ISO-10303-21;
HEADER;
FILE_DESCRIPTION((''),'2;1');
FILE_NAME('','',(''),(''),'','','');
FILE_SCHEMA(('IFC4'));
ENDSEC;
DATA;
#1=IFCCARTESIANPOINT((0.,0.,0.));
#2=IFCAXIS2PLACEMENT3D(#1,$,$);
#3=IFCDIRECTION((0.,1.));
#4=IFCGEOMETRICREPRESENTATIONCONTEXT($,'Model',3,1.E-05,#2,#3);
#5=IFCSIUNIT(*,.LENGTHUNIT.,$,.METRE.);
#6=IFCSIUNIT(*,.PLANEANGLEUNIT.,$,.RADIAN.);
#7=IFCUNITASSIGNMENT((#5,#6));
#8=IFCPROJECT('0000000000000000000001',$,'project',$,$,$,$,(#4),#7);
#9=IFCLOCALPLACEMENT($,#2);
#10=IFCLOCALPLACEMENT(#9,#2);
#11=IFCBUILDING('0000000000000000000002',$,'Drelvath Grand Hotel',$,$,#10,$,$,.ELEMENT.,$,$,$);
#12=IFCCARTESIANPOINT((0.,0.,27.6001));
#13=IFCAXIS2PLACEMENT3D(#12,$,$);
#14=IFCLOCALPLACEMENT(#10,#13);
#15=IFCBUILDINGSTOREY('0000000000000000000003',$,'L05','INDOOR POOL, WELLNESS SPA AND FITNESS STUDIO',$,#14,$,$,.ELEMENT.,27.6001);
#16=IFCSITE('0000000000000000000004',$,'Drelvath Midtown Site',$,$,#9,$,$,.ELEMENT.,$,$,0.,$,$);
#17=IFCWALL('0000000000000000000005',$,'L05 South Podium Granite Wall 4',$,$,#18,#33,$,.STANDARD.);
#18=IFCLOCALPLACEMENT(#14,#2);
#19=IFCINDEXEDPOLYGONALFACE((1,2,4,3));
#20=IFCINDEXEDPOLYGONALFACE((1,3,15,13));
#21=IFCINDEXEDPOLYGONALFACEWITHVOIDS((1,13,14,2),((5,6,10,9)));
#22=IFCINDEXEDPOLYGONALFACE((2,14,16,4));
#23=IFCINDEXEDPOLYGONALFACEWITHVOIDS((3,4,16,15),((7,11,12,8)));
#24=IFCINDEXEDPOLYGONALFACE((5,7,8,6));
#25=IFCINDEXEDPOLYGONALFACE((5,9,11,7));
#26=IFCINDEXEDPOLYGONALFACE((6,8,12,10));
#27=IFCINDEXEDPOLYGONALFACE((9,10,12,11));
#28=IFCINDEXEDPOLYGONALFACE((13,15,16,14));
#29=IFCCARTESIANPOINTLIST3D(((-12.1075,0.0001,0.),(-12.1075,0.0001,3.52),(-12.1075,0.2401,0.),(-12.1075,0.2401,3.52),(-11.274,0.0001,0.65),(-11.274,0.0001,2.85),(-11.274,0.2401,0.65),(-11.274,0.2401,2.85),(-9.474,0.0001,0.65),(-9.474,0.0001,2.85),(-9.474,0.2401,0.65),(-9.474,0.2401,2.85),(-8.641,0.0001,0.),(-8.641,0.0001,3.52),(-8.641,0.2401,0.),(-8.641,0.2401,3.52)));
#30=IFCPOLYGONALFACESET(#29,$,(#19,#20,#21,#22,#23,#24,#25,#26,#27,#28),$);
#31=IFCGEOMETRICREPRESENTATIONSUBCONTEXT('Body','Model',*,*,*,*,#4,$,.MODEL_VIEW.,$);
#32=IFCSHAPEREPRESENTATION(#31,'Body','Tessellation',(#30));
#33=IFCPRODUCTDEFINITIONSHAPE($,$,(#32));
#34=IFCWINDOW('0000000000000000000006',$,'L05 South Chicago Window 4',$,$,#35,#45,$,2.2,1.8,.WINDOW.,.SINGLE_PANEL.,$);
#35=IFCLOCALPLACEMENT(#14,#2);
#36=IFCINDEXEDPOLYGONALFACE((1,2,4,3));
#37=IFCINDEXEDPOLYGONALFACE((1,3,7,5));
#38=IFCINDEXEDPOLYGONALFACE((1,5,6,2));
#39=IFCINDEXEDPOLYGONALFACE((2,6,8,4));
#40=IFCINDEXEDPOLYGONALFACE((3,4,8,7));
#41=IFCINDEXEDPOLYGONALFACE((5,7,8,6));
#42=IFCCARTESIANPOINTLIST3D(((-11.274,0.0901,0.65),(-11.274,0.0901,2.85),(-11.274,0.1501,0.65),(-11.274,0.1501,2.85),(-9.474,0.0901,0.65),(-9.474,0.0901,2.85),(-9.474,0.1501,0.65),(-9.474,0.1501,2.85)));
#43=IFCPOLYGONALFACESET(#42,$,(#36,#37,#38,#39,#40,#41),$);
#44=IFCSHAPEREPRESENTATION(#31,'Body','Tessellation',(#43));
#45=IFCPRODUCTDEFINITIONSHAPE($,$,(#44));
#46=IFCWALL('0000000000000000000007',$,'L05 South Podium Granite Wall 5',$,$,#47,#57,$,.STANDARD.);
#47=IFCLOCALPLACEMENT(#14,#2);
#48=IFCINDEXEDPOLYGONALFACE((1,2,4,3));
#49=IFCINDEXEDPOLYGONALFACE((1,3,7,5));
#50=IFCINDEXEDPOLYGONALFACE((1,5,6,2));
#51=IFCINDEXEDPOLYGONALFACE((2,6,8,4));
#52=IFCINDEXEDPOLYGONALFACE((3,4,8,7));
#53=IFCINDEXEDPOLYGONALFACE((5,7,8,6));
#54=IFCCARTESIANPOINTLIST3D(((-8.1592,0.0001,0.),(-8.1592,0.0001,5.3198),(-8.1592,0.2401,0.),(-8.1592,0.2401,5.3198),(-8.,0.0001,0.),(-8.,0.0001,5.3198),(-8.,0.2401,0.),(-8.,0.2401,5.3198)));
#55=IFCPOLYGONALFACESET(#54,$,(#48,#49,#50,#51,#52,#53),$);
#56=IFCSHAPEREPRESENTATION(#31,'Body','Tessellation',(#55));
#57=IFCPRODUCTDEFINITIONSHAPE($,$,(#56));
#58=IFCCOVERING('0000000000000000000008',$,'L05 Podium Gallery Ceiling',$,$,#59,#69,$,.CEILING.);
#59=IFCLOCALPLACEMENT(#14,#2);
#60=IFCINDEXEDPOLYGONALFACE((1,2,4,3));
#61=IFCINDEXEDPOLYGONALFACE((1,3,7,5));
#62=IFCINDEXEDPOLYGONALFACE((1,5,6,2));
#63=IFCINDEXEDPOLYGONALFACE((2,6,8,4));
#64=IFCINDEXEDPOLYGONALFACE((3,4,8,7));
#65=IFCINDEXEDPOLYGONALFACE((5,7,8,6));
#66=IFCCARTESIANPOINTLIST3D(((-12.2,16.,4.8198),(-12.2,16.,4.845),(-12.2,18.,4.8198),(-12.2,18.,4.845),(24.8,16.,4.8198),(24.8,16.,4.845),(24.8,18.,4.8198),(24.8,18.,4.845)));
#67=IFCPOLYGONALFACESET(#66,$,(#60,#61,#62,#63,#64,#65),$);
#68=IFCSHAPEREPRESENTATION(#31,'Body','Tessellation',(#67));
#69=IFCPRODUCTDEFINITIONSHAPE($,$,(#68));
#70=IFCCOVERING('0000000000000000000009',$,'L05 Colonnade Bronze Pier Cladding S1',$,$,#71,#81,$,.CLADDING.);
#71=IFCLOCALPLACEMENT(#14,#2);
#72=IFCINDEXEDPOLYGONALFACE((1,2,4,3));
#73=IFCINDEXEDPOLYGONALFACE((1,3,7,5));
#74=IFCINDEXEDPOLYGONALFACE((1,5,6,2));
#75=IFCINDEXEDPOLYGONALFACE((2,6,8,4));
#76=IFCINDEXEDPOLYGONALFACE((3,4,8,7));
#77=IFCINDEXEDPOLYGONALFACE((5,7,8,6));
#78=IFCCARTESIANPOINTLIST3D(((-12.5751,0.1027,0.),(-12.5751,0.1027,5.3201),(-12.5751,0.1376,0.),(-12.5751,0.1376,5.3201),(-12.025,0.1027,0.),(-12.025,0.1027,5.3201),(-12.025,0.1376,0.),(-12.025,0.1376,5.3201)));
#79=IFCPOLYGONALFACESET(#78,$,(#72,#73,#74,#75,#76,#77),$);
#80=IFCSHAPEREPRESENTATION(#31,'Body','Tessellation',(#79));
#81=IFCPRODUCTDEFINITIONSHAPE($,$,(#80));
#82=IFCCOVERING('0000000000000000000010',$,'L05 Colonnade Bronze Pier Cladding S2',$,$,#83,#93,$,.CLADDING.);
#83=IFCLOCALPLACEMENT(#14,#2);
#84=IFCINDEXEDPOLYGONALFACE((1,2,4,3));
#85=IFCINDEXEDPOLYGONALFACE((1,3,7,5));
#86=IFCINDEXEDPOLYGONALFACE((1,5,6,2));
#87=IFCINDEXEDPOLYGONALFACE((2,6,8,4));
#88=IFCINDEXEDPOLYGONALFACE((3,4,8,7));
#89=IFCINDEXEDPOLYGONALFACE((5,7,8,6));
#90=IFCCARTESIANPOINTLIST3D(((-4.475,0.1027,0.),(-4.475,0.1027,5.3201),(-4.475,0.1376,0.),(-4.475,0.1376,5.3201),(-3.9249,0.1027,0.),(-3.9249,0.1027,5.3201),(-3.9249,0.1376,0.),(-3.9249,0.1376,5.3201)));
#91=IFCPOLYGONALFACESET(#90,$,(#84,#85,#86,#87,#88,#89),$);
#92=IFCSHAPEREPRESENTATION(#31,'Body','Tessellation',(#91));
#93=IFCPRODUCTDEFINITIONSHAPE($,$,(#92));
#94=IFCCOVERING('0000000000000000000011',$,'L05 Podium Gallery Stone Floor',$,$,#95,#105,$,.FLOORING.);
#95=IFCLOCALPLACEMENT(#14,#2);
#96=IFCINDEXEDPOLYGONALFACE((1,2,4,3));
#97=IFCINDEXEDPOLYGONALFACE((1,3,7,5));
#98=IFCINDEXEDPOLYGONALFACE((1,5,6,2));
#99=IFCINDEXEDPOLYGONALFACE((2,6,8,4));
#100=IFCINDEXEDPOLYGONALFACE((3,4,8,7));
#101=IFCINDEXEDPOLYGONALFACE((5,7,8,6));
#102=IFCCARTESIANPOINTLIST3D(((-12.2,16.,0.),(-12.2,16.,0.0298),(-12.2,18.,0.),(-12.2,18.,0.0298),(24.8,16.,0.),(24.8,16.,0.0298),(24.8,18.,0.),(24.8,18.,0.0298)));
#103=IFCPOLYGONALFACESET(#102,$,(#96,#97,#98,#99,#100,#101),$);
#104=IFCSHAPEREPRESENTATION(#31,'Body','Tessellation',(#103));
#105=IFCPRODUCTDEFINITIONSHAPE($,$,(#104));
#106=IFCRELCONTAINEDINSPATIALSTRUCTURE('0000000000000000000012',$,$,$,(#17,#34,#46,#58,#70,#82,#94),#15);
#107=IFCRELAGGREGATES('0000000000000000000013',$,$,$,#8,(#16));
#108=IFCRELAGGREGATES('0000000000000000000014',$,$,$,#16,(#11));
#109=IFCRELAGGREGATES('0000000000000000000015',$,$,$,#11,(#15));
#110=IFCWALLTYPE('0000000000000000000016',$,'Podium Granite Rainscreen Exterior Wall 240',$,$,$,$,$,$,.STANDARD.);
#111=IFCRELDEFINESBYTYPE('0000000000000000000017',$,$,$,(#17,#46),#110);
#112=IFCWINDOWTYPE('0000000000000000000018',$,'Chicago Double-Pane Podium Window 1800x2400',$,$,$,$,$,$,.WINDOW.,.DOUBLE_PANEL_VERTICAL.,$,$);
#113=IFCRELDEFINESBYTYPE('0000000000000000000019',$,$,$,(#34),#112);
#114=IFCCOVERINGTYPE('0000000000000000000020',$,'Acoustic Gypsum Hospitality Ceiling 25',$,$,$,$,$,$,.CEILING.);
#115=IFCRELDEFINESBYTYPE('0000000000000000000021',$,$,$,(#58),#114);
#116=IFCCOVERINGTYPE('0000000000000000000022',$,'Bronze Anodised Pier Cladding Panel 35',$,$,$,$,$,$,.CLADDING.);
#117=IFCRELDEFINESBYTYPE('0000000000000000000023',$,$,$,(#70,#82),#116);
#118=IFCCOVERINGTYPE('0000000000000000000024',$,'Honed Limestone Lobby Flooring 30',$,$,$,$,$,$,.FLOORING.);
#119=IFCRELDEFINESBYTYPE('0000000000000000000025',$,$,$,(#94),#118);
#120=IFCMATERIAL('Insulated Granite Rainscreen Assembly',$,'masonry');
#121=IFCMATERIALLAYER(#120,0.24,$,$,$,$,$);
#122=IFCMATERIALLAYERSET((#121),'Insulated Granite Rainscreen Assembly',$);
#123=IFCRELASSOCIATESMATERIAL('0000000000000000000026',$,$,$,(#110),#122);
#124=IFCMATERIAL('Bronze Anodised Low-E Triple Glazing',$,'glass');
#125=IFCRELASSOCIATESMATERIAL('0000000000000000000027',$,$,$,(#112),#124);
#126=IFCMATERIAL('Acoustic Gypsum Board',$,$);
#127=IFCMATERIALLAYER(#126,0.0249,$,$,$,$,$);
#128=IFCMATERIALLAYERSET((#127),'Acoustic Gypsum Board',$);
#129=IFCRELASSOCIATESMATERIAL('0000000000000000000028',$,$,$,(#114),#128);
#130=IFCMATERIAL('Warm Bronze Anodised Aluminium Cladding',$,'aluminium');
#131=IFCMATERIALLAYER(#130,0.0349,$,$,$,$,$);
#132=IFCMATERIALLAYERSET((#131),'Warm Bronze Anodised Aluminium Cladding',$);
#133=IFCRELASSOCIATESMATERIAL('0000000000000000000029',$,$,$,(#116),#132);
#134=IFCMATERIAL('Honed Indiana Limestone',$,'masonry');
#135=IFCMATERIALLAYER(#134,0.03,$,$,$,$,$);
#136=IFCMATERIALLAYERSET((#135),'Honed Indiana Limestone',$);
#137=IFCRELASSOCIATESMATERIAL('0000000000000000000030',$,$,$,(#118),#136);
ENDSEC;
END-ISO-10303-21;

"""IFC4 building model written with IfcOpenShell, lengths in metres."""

from ifc_helpers import new_model, si_unit, direction, frame, frame_2d, origin, origin_2d, place, context, subcontext, project, spatial, polyline, rectangle, outline, extrude, material, layer, layer_set, type_object, element, fill, save


model = new_model("IFC4")

# Units and contexts
model_context = context("Model", 3, precision=1e-05, world=origin(), true_north=direction((0.0, 1.0)))
body_context = subcontext(model_context, "Body", "Model", "MODEL_VIEW")
ifc_project = project(units=[si_unit("LENGTHUNIT", "METRE"), si_unit("PLANEANGLEUNIT", "RADIAN")], contexts=[model_context])

# Site, building, storey
site_placement = place(None, origin())
site = spatial("IfcSite", under=ifc_project, at=site_placement, Name="Drelvath Midtown Site", CompositionType="ELEMENT", RefElevation=0.0)
building_placement = place(site_placement, origin())
building = spatial("IfcBuilding", under=site, at=building_placement, Name="Drelvath Grand Hotel", CompositionType="ELEMENT")
storey_placement = place(building_placement, frame((0.0, 0.0, 27.6001)))
storey = spatial("IfcBuildingStorey", under=building, at=storey_placement, Name="L05", Description="INDOOR POOL, WELLNESS SPA AND FITNESS STUDIO", CompositionType="ELEMENT", Elevation=27.6001)

# Wall, opening, window
ifc_material_1 = material(Name="Insulated Granite Rainscreen Assembly", Category="masonry")
ifc_layer_1 = layer(ifc_material_1, 0.24)
ifc_layer_set_1 = layer_set([ifc_layer_1], Name="Insulated Granite Rainscreen Assembly")
wall_type = type_object("IfcWallType", Name="Podium Granite Rainscreen Exterior Wall 240", PredefinedType="STANDARD", material=ifc_layer_set_1)
ifc_material_2 = material(Name="Bronze Anodised Low-E Triple Glazing", Category="glass")
window_type = type_object("IfcWindowType", Name="Chicago Double-Pane Podium Window 1800x2400", PartitioningType="DOUBLE_PANEL_VERTICAL", PredefinedType="WINDOW", material=ifc_material_2)
wall_1_placement = place(storey_placement, frame((-8.6409, 0.1201, 0.0), z_axis=(0.0, 0.0, 1.0), x_axis=(-1.0, 0.0, 0.0)))
wall_1 = element("IfcWall", 1, at=wall_1_placement, inside=storey, type_object=wall_type, Name="L05 South Podium Granite Wall 4", PredefinedType="STANDARD", context=body_context, shape_type="SweptSolid", body=[
    extrude(rectangle(XDim=3.4666, YDim=0.24, at=frame_2d((1.7334, 0.0))), origin(), (0.0, 0.0, 1.0), 3.52),
])
opening_1_placement = place(wall_1_placement, frame((0.8333, 0.0, 0.6499)))
opening_1 = element("IfcOpeningElement", 2, at=opening_1_placement, cuts=wall_1, PredefinedType="OPENING", context=body_context, shape_type="SweptSolid", body=[
    extrude(rectangle(XDim=1.8, YDim=2.2, at=frame_2d((0.8999, 1.1001))), frame((0.0, 0.1299, 0.0), z_axis=(0.0, -1.0, 0.0), x_axis=(1.0, 0.0, 0.0)), (0.0, 0.0, 1.0), 0.26),
])
window_1_placement = place(opening_1_placement, origin())
window_1 = element("IfcWindow", 3, at=window_1_placement, inside=storey, type_object=window_type, Name="L05 South Chicago Window 4", OverallHeight=2.2, OverallWidth=1.8, PartitioningType="SINGLE_PANEL", PredefinedType="WINDOW", context=body_context, shape_type="SweptSolid", body=[
    extrude(rectangle(XDim=1.8, YDim=2.2, at=frame_2d((0.8999, 1.1001))), frame((0.0, 0.03, 0.0), z_axis=(0.0, -1.0, 0.0), x_axis=(1.0, 0.0, 0.0)), (0.0, 0.0, 1.0), 0.0601),
])
fill(opening_1, window_1)

# Wall
wall_2_placement = place(storey_placement, frame((-8.0, 0.1201, 0.0), z_axis=(0.0, 0.0, 1.0), x_axis=(-1.0, 0.0, 0.0)))
element("IfcWall", 4, at=wall_2_placement, inside=storey, type_object=wall_type, Name="L05 South Podium Granite Wall 5", PredefinedType="STANDARD", context=body_context, shape_type="SweptSolid", body=[
    extrude(rectangle(XDim=0.1592, YDim=0.24, at=frame_2d((0.0796, 0.0))), origin(), (0.0, 0.0, 1.0), 5.3198),
])

# Coverings
ifc_material_3 = material(Name="Acoustic Gypsum Board")
ifc_layer_2 = layer(ifc_material_3, 0.0249)
ifc_layer_set_2 = layer_set([ifc_layer_2], Name="Acoustic Gypsum Board")
covering_type_1 = type_object("IfcCoveringType", Name="Acoustic Gypsum Hospitality Ceiling 25", PredefinedType="CEILING", material=ifc_layer_set_2)
covering_1_placement = place(storey_placement, frame((0.0, 0.0, 4.8198)))
element("IfcCovering", 5, at=covering_1_placement, inside=storey, type_object=covering_type_1, Name="L05 Podium Gallery Ceiling", PredefinedType="CEILING", context=body_context, shape_type="SweptSolid", body=[
    extrude(outline(polyline([(24.8, 16.0), (24.8, 18.0), (-12.2, 18.0), (-12.2, 16.0), (24.8, 16.0)])), origin(), (0.0, 0.0, 1.0), 0.0251),
])
ifc_material_4 = material(Name="Warm Bronze Anodised Aluminium Cladding", Category="aluminium")
ifc_layer_3 = layer(ifc_material_4, 0.0349)
ifc_layer_set_3 = layer_set([ifc_layer_3], Name="Warm Bronze Anodised Aluminium Cladding")
covering_type_2 = type_object("IfcCoveringType", Name="Bronze Anodised Pier Cladding Panel 35", PredefinedType="CLADDING", material=ifc_layer_set_3)
for number, where, z_axis, x_axis, name in (
    (6, (-12.3, 0.1201, 0.0), (0.0, 0.0, 1.0), (1.0, 0.0, 0.0), "L05 Colonnade Bronze Pier Cladding S1"),
    (7, (-4.2, 0.1201, 0.0), (0.0, 0.0, 1.0), (1.0, 0.0, 0.0), "L05 Colonnade Bronze Pier Cladding S2"),
):
    element("IfcCovering", number, at=place(storey_placement, frame(where, z_axis=z_axis, x_axis=x_axis)), inside=storey, type_object=covering_type_2, Name=name, PredefinedType="CLADDING", context=body_context, shape_type="SweptSolid", body=[
        extrude(rectangle(XDim=0.55, YDim=0.0349, at=origin_2d()), origin(), (0.0, 0.0, 1.0), 5.3201),
    ])
ifc_material_5 = material(Name="Honed Indiana Limestone", Category="masonry")
ifc_layer_4 = layer(ifc_material_5, 0.03)
ifc_layer_set_4 = layer_set([ifc_layer_4], Name="Honed Indiana Limestone")
covering_type_3 = type_object("IfcCoveringType", Name="Honed Limestone Lobby Flooring 30", PredefinedType="FLOORING", material=ifc_layer_set_4)
covering_2_placement = place(storey_placement, origin())
element("IfcCovering", 8, at=covering_2_placement, inside=storey, type_object=covering_type_3, Name="L05 Podium Gallery Stone Floor", PredefinedType="FLOORING", context=body_context, shape_type="SweptSolid", body=[
    extrude(outline(polyline([(24.8, 16.0), (24.8, 18.0), (-12.2, 18.0), (-12.2, 16.0), (24.8, 16.0)])), origin(), (0.0, 0.0, 1.0), 0.0298),
])

save(model, "model.ifc")
